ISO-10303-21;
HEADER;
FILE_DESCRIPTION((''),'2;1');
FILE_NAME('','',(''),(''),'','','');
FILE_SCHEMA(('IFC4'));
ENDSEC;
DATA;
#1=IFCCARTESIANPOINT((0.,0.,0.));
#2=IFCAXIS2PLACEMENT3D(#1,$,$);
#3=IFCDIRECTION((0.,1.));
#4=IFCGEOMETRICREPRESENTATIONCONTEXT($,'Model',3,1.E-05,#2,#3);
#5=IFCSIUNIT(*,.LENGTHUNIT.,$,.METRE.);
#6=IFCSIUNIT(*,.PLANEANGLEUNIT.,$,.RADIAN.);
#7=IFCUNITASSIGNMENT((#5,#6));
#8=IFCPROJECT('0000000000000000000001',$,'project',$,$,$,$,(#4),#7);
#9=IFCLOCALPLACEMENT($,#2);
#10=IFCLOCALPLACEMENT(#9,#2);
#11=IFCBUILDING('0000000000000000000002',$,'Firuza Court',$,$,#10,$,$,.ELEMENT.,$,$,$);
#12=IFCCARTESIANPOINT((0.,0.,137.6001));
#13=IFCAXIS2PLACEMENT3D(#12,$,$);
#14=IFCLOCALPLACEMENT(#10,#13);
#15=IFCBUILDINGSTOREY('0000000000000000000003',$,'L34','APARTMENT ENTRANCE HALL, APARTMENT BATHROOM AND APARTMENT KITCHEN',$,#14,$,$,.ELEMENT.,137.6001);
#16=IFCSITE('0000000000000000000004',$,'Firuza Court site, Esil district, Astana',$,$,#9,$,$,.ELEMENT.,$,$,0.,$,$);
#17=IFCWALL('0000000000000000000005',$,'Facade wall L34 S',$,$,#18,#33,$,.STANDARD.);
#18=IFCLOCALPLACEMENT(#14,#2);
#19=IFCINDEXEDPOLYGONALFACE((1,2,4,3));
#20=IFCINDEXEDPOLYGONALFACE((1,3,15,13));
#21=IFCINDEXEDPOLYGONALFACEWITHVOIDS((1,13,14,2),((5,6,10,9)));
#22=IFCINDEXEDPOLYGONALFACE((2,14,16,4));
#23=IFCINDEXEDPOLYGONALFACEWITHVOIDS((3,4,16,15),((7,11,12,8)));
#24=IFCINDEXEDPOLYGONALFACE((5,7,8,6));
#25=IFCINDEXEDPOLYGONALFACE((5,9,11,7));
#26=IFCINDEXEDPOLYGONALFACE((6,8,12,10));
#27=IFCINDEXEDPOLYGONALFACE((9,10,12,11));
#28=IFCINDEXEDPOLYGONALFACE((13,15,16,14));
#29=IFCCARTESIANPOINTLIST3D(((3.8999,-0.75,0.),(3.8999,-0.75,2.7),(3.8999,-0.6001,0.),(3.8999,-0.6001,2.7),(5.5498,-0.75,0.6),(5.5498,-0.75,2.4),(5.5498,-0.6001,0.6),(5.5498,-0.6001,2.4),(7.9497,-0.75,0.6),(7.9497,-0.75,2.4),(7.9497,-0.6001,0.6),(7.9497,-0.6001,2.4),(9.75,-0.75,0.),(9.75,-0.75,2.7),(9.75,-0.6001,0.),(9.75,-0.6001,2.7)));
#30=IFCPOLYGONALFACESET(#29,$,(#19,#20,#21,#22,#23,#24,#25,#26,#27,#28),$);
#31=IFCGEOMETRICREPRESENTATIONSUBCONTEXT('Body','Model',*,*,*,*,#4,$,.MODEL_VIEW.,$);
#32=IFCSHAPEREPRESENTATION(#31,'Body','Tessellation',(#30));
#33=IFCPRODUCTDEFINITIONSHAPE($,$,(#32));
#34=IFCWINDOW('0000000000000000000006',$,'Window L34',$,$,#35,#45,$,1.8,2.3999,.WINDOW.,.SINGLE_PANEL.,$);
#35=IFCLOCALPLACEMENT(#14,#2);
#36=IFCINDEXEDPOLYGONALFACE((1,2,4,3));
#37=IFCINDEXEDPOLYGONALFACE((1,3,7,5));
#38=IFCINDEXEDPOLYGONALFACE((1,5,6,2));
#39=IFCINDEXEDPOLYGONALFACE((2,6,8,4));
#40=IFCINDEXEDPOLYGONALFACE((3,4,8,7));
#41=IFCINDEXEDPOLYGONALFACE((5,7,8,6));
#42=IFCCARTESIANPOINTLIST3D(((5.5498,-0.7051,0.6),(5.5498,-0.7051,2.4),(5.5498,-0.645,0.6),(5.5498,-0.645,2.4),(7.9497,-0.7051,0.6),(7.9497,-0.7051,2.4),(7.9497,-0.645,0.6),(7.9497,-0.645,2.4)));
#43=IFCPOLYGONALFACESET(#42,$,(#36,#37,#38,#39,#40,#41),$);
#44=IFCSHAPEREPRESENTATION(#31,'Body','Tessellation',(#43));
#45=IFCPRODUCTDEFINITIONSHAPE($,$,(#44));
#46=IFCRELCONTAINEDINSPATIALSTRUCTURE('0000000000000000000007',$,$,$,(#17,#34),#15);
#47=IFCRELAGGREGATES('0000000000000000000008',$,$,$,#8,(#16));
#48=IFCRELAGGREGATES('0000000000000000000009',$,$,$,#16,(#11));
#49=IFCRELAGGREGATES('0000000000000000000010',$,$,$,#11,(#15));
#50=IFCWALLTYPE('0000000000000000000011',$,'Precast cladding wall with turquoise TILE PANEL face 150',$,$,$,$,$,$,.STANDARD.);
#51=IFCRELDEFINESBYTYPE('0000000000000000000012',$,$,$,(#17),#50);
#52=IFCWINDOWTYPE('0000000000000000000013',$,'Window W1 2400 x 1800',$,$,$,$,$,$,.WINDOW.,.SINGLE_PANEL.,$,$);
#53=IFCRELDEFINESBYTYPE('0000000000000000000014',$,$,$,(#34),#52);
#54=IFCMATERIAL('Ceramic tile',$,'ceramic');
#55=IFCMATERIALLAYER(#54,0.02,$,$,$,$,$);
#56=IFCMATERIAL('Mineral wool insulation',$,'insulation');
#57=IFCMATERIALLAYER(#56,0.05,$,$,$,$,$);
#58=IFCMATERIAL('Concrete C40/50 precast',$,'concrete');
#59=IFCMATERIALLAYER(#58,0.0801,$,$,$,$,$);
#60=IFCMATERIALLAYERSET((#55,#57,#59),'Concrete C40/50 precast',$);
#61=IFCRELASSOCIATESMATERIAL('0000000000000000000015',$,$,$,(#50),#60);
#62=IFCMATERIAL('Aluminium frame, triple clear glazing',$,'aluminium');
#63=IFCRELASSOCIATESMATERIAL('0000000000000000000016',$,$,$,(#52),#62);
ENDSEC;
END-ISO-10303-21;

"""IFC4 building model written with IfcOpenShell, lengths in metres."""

from ifc_helpers import new_model, si_unit, direction, frame, frame_2d, origin, place, context, subcontext, project, spatial, rectangle, extrude, material, layer, layer_set, type_object, element, fill, save


model = new_model("IFC4")

# Units and contexts
model_context = context("Model", 3, precision=1e-05, world=origin(), true_north=direction((0.0, 1.0)))
body_context = subcontext(model_context, "Body", "Model", "MODEL_VIEW")
ifc_project = project(units=[si_unit("LENGTHUNIT", "METRE"), si_unit("PLANEANGLEUNIT", "RADIAN")], contexts=[model_context])

# Site, building, storey
site_placement = place(None, origin())
site = spatial("IfcSite", under=ifc_project, at=site_placement, Name="Firuza Court site, Esil district, Astana", CompositionType="ELEMENT", RefElevation=0.0)
building_placement = place(site_placement, origin())
building = spatial("IfcBuilding", under=site, at=building_placement, Name="Firuza Court", CompositionType="ELEMENT")
storey_placement = place(building_placement, frame((0.0, 0.0, 137.6001)))
storey = spatial("IfcBuildingStorey", under=building, at=storey_placement, Name="L34", Description="APARTMENT ENTRANCE HALL, APARTMENT BATHROOM AND APARTMENT KITCHEN", CompositionType="ELEMENT", Elevation=137.6001)

# Shared definitions
ifc_material_1 = material(Name="Ceramic tile", Category="ceramic")
ifc_layer_1 = layer(ifc_material_1, 0.02)
ifc_material_2 = material(Name="Mineral wool insulation", Category="insulation")
ifc_layer_2 = layer(ifc_material_2, 0.05)
ifc_material_3 = material(Name="Concrete C40/50 precast", Category="concrete")
ifc_layer_3 = layer(ifc_material_3, 0.0801)
ifc_layer_set_1 = layer_set([ifc_layer_1, ifc_layer_2, ifc_layer_3], Name="Concrete C40/50 precast")
wall_type_1 = type_object("IfcWallType", Name="Precast cladding wall with turquoise TILE PANEL face 150", PredefinedType="STANDARD", material=ifc_layer_set_1)

# Wall, opening, window
wall_1_placement = place(storey_placement, frame((3.8999, -0.675, 0.0), z_axis=(0.0, 0.0, 1.0), x_axis=(1.0, 0.0, 0.0)))
wall_1 = element("IfcWall", 1, at=wall_1_placement, inside=storey, type_object=wall_type_1, Name="Facade wall L34 S", PredefinedType="STANDARD", context=body_context, shape_type="SweptSolid", body=[
    extrude(rectangle(XDim=5.8501, YDim=0.1499, at=frame_2d((2.925, 0.0))), origin(), (0.0, 0.0, 1.0), 2.7),
])
opening_1_placement = place(wall_1_placement, frame((1.6499, 0.0, 0.6001)))
opening_1 = element("IfcOpeningElement", 2, at=opening_1_placement, cuts=wall_1, PredefinedType="OPENING", context=body_context, shape_type="SweptSolid", body=[
    extrude(rectangle(XDim=2.3999, YDim=1.8, at=frame_2d((1.2, 0.8999))), frame((0.0, 0.0869, 0.0), z_axis=(0.0, -1.0, 0.0), x_axis=(1.0, 0.0, 0.0)), (0.0, 0.0, 1.0), 0.1738),
])
ifc_material_4 = material(Name="Aluminium frame, triple clear glazing", Category="aluminium")
window_type = type_object("IfcWindowType", Name="Window W1 2400 x 1800", PartitioningType="SINGLE_PANEL", PredefinedType="WINDOW", material=ifc_material_4)
window_placement = place(opening_1_placement, origin())
window = element("IfcWindow", 3, at=window_placement, inside=storey, type_object=window_type, Name="Window L34", OverallHeight=1.8, OverallWidth=2.3999, PartitioningType="SINGLE_PANEL", PredefinedType="WINDOW", context=body_context, shape_type="SweptSolid", body=[
    extrude(rectangle(XDim=2.3999, YDim=1.8, at=frame_2d((1.2, 0.8999))), frame((0.0, 0.03, 0.0), z_axis=(0.0, -1.0, 0.0), x_axis=(1.0, 0.0, 0.0)), (0.0, 0.0, 1.0), 0.0601),
])
fill(opening_1, window)

save(model, "model.ifc")
